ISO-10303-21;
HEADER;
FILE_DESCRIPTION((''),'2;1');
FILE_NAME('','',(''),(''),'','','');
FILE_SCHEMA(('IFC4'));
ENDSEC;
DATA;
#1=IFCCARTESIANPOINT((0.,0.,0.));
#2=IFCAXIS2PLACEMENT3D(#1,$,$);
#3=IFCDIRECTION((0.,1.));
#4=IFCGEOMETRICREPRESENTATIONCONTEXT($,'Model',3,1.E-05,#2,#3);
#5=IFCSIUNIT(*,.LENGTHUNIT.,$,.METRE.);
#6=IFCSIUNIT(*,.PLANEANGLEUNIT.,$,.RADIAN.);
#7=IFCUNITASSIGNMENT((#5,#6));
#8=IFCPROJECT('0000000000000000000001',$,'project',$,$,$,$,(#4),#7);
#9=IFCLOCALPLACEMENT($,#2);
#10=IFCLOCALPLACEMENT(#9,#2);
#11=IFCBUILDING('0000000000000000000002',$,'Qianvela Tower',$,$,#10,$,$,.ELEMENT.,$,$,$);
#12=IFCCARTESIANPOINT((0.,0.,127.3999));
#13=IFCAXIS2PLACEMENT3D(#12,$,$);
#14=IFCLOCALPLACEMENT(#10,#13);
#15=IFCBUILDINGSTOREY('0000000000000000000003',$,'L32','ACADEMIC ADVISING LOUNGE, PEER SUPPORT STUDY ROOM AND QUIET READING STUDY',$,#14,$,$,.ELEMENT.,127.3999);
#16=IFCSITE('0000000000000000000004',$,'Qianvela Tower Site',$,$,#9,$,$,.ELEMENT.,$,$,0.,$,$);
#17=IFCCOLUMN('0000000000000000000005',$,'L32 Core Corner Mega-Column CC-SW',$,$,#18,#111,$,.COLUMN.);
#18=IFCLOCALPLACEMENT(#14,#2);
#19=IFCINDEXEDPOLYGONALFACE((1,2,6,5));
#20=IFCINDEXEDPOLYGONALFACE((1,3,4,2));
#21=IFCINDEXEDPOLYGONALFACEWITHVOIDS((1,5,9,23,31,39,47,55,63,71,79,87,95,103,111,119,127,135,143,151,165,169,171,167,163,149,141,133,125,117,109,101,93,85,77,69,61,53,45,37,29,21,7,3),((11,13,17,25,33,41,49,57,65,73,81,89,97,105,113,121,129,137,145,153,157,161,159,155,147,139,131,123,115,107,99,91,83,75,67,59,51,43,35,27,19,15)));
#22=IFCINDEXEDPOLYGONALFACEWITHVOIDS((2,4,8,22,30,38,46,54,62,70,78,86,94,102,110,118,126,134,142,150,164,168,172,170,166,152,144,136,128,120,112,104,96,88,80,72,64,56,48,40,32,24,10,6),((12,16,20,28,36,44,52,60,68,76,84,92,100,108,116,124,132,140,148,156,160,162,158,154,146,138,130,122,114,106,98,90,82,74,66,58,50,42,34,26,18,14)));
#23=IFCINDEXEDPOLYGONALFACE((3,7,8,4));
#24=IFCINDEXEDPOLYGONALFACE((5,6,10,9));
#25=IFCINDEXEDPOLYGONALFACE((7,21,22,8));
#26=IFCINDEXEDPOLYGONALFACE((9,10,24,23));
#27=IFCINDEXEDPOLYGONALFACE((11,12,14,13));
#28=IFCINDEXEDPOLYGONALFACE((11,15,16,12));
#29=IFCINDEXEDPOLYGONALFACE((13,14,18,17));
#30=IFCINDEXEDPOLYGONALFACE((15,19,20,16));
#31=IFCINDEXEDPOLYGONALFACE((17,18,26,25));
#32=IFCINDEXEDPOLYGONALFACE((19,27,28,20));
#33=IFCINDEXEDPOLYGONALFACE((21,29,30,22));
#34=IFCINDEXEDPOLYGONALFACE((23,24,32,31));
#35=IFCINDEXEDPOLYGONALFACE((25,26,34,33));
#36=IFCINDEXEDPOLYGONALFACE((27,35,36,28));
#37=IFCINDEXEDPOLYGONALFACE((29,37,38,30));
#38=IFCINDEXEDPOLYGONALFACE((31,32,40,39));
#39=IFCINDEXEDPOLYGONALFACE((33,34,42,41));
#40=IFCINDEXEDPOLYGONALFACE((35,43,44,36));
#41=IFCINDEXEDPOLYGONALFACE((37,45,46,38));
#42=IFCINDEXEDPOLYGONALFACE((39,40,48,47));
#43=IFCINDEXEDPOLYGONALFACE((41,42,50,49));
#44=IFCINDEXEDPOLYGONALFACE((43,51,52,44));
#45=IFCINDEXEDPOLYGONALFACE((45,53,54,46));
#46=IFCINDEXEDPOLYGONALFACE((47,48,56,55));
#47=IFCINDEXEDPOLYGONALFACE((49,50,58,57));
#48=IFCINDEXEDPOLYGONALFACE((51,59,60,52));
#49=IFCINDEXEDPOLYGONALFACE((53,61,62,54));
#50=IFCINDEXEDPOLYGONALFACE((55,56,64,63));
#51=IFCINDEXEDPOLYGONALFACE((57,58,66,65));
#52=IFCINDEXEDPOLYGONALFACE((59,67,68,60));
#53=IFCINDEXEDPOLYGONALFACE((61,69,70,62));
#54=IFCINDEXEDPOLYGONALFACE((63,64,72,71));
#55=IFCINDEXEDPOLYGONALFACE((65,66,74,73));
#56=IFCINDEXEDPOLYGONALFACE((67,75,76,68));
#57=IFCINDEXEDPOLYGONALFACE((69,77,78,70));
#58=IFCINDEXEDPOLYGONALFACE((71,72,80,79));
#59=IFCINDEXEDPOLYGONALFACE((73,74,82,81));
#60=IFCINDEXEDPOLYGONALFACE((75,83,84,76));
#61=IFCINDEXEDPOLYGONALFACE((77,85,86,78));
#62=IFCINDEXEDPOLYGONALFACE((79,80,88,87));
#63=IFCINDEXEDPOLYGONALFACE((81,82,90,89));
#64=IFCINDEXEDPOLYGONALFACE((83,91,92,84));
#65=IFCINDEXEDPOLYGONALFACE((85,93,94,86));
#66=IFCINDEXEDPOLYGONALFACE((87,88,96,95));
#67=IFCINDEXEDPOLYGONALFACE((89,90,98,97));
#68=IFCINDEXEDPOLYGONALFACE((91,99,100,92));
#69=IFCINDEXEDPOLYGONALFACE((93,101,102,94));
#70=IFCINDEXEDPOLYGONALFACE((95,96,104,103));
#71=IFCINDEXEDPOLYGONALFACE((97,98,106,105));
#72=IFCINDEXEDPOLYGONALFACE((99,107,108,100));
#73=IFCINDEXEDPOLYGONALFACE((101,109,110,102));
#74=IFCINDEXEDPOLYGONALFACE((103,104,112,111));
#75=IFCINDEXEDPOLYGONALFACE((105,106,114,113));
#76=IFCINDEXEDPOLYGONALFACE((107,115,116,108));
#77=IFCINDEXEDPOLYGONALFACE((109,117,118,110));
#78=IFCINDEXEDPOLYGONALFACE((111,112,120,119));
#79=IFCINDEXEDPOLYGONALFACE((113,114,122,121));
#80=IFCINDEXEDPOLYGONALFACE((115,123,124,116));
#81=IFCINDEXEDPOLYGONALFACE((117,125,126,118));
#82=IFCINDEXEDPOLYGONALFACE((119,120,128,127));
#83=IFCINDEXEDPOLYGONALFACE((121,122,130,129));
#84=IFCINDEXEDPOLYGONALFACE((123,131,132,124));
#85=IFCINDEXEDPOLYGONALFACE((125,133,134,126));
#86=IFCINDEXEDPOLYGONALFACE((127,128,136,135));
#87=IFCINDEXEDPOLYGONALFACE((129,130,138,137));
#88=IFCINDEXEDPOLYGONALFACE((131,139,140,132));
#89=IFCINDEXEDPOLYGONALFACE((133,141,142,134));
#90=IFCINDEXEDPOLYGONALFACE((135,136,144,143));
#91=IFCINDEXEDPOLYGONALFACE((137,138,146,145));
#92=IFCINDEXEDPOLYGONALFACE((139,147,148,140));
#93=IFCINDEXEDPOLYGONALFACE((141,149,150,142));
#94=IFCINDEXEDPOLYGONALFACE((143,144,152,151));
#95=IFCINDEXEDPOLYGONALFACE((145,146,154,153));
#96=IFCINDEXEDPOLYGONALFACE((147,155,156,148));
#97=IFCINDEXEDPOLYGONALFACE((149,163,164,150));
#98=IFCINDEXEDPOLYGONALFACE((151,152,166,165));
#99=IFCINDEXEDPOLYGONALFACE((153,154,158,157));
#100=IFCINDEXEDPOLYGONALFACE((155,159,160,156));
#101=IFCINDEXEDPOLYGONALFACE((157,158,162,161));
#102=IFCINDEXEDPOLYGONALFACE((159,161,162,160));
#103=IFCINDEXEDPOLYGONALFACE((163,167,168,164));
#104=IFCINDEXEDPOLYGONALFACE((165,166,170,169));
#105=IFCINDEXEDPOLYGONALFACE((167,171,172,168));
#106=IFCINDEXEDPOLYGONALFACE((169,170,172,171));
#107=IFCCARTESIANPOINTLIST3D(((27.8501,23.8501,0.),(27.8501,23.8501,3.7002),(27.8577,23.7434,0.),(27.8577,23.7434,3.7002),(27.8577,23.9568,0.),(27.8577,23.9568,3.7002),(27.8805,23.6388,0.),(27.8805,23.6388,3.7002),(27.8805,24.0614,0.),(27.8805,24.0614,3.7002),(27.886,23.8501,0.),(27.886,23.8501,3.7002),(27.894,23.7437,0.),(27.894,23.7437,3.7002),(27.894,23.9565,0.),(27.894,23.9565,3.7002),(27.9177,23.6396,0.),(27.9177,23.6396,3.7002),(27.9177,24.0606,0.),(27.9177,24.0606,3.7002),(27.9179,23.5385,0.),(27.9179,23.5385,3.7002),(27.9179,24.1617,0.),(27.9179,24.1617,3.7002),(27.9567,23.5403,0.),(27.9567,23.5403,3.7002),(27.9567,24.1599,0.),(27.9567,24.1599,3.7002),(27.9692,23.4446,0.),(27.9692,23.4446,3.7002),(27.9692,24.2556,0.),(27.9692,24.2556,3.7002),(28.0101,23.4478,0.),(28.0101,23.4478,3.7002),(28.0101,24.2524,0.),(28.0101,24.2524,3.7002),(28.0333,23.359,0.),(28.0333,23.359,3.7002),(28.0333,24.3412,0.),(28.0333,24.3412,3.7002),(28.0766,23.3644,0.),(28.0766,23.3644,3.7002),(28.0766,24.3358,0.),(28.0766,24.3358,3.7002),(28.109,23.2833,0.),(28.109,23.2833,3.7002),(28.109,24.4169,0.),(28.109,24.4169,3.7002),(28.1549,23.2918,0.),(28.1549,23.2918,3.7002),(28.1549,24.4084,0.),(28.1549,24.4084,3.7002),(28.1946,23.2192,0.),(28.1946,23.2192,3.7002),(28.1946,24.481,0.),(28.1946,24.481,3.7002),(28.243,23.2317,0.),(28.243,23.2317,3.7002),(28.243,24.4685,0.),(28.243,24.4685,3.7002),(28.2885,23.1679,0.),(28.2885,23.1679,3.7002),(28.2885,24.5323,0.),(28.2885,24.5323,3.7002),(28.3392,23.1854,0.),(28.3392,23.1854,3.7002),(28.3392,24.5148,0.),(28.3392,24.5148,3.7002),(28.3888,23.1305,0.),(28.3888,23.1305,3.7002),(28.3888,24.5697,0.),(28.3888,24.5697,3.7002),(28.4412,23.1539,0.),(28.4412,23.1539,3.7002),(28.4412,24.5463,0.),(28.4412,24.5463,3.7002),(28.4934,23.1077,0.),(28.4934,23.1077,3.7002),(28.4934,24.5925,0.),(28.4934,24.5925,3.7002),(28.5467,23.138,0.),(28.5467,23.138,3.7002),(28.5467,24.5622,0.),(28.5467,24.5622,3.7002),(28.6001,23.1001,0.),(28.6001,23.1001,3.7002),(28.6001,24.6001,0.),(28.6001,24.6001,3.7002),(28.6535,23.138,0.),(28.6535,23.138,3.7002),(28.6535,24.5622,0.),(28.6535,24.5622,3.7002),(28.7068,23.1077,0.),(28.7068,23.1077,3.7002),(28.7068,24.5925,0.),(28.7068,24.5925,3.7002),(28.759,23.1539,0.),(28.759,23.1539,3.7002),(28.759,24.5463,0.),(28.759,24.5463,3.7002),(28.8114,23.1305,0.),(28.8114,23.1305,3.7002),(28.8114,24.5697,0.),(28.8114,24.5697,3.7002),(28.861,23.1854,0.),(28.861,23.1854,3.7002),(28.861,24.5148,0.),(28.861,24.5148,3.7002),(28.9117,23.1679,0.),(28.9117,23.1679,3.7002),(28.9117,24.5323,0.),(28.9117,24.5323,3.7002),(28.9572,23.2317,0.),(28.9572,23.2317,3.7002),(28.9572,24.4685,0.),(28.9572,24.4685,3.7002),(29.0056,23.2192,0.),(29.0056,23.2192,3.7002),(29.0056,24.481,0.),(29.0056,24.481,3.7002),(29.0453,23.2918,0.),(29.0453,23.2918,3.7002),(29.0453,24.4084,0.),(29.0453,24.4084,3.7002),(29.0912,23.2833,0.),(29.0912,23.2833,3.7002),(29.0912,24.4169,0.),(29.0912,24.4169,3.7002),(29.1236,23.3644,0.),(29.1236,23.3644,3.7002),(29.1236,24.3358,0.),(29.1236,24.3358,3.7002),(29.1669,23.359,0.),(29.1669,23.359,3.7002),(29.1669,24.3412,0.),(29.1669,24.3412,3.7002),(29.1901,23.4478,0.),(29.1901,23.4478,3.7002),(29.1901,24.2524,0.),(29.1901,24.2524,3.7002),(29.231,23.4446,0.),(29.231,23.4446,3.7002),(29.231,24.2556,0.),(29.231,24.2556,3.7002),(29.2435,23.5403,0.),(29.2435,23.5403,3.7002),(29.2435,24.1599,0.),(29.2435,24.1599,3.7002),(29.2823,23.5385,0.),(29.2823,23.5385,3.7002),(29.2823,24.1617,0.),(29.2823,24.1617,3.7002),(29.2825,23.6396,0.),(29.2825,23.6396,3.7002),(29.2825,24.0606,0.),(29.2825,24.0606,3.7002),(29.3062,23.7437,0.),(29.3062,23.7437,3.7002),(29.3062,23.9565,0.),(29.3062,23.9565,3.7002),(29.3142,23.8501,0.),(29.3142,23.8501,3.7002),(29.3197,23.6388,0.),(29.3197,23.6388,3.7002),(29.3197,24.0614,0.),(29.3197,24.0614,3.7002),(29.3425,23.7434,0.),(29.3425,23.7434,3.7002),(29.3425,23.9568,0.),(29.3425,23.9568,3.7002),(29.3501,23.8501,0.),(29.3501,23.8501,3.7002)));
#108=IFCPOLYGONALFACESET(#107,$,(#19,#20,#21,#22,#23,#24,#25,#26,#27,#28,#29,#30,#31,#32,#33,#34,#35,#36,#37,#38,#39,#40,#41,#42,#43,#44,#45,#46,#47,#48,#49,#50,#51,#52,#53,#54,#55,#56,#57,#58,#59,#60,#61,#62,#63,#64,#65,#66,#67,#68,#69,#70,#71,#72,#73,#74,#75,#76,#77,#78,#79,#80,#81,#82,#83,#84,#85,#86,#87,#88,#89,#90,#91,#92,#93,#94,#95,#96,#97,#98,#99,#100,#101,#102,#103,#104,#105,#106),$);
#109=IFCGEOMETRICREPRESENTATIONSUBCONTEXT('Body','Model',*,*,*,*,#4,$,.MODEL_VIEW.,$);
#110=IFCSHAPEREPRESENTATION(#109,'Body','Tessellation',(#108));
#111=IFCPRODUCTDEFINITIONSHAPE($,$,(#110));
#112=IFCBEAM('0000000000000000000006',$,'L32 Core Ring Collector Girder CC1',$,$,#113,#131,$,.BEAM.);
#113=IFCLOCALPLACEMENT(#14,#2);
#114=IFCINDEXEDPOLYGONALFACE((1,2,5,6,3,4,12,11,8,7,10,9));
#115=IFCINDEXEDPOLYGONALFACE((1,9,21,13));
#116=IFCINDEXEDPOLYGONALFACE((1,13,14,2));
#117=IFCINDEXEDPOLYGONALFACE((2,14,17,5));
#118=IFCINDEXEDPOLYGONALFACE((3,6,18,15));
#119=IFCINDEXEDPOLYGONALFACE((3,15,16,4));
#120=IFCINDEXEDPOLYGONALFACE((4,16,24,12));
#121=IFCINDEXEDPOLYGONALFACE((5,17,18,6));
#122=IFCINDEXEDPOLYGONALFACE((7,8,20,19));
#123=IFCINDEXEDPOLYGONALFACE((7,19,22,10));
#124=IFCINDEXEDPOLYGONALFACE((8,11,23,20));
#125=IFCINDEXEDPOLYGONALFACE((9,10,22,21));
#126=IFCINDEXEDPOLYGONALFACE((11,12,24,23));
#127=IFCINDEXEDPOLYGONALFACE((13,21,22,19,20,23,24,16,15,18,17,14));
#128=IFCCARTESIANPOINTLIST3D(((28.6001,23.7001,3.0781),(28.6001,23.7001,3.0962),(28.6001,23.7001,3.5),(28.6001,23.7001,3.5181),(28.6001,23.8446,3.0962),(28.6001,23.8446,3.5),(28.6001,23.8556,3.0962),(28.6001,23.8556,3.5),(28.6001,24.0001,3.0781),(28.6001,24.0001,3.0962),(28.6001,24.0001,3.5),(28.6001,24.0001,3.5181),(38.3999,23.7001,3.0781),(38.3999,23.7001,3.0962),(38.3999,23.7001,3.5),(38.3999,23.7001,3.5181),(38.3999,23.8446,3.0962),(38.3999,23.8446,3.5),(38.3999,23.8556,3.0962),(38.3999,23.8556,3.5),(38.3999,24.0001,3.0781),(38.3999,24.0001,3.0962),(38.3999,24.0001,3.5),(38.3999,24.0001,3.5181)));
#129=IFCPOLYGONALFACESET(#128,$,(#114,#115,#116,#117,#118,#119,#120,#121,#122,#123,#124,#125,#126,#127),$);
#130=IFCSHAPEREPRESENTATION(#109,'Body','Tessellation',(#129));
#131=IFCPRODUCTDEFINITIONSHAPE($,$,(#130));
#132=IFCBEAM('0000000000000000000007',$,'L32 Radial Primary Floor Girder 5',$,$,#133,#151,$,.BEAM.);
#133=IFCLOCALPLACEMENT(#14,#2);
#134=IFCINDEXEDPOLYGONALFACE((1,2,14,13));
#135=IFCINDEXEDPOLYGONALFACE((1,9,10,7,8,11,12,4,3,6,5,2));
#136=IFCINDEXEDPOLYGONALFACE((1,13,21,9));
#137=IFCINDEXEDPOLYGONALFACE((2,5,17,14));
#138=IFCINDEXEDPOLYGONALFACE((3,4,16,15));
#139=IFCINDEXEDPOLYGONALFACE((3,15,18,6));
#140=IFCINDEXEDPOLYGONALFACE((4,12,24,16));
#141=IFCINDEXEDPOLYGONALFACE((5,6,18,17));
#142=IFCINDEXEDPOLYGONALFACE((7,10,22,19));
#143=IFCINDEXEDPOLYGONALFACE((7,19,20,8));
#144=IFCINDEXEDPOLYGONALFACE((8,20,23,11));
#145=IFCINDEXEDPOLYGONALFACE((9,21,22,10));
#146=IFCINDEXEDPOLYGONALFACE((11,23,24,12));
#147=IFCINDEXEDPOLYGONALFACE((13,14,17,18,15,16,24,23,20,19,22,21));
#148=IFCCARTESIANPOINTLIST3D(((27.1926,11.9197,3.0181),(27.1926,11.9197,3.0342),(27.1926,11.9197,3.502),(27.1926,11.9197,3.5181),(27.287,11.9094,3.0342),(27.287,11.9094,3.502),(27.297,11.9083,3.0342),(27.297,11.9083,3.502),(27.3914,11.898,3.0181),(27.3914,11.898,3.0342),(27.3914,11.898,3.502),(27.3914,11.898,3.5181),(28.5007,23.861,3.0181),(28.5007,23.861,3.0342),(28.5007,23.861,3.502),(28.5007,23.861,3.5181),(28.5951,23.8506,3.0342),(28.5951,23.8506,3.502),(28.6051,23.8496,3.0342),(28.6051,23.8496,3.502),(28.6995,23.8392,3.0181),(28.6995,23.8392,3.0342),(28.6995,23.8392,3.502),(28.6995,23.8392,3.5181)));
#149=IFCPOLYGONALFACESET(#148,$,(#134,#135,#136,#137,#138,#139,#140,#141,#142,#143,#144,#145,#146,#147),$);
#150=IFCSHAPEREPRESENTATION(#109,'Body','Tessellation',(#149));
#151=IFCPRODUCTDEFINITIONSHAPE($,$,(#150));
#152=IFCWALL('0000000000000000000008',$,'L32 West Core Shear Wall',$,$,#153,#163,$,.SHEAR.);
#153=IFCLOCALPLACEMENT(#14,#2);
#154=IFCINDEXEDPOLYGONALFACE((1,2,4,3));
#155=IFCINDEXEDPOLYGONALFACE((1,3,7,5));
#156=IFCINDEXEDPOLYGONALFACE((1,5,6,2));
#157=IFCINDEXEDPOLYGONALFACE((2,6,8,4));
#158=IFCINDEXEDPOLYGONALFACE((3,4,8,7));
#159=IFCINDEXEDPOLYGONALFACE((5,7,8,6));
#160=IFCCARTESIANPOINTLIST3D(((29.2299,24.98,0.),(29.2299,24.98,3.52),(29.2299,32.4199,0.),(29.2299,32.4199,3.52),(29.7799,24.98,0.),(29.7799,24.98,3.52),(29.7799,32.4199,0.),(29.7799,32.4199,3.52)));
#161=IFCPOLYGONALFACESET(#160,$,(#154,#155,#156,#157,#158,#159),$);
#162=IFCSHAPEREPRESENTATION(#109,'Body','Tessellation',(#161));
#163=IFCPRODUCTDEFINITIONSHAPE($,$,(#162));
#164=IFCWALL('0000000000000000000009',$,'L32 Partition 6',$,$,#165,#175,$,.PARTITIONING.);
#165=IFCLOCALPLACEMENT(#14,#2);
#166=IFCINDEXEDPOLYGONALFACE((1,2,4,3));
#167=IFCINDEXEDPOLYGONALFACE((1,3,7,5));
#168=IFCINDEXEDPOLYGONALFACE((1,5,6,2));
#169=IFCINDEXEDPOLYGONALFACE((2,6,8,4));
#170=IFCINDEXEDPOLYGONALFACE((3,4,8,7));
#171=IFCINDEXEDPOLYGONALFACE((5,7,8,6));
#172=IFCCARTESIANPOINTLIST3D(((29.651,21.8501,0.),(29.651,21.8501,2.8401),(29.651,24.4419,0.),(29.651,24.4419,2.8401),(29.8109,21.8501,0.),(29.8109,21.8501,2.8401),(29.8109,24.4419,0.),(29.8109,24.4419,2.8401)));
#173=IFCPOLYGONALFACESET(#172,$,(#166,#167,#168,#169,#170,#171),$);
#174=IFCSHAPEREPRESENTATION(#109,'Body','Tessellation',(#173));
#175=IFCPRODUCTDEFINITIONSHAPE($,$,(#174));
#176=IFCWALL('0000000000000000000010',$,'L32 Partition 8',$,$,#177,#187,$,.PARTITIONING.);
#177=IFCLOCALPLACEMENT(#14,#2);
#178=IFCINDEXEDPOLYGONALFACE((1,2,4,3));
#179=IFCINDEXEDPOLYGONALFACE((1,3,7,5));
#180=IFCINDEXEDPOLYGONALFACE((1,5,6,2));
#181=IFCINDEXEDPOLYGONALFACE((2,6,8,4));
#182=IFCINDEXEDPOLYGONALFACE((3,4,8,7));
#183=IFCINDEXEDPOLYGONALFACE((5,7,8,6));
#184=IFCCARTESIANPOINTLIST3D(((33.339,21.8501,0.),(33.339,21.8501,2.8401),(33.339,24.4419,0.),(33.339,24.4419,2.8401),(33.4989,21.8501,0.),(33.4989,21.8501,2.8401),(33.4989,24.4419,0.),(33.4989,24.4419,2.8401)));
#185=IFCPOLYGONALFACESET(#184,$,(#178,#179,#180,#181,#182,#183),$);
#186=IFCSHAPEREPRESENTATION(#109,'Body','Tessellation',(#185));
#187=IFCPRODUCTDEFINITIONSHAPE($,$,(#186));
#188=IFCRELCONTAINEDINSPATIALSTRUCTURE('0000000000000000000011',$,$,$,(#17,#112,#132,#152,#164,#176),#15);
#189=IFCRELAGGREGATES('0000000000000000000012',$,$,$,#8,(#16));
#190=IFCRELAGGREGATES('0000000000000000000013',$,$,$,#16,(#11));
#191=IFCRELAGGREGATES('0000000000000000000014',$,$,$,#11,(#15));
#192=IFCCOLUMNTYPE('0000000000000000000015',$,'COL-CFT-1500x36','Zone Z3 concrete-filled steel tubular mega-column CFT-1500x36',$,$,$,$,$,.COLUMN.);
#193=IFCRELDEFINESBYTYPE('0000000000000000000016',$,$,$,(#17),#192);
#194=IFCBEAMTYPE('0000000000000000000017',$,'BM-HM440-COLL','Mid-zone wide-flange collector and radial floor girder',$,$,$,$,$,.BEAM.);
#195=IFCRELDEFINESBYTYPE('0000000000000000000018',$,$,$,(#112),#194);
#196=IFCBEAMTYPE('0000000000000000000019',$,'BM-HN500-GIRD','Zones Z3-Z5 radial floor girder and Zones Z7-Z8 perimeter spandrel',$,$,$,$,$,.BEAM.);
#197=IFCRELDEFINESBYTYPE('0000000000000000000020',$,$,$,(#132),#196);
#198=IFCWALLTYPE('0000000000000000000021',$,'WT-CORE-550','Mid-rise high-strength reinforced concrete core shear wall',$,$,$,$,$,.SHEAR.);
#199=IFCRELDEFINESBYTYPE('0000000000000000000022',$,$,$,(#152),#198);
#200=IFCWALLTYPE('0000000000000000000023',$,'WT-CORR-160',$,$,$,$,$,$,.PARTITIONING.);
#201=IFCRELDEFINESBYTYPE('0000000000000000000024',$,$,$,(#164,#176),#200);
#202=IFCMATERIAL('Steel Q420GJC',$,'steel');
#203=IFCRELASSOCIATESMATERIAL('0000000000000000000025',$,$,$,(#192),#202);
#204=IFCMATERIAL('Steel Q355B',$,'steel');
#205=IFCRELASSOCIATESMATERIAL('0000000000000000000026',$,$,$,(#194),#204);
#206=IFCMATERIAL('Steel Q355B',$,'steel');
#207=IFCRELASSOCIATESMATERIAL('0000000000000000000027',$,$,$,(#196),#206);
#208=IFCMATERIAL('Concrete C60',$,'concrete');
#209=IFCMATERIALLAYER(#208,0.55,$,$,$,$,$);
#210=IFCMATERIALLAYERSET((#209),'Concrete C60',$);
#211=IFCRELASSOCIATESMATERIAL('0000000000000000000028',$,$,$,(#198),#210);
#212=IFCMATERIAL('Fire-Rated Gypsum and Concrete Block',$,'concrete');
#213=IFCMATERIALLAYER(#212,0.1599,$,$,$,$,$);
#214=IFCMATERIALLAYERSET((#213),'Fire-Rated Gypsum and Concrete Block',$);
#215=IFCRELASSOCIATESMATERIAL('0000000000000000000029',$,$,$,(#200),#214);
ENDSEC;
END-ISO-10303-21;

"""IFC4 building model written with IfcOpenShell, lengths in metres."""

from ifc_helpers import new_model, si_unit, direction, frame, frame_2d, origin, origin_2d, place, context, subcontext, project, spatial, rectangle, hollow_circle, i_section, extrude, material, layer, layer_set, material_profile, profile_set, type_object, element, save


model = new_model("IFC4")

# Units and contexts
model_context = context("Model", 3, precision=1e-05, world=origin(), true_north=direction((0.0, 1.0)))
body_context = subcontext(model_context, "Body", "Model", "MODEL_VIEW")
ifc_project = project(units=[si_unit("LENGTHUNIT", "METRE"), si_unit("PLANEANGLEUNIT", "RADIAN")], contexts=[model_context])

# Site, building, storey
site_placement = place(None, origin())
site = spatial("IfcSite", under=ifc_project, at=site_placement, Name="Qianvela Tower Site", CompositionType="ELEMENT", RefElevation=0.0)
building_placement = place(site_placement, origin())
building = spatial("IfcBuilding", under=site, at=building_placement, Name="Qianvela Tower", CompositionType="ELEMENT")
storey_placement = place(building_placement, frame((0.0, 0.0, 127.3999)))
storey = spatial("IfcBuildingStorey", under=building, at=storey_placement, Name="L32", Description="ACADEMIC ADVISING LOUNGE, PEER SUPPORT STUDY ROOM AND QUIET READING STUDY", CompositionType="ELEMENT", Elevation=127.3999)

# Column
ifc_material_1 = material(Name="Steel Q420GJC", Category="steel")
ifc_material_profile_1 = material_profile(ifc_material_1, hollow_circle(Radius=0.75, WallThickness=0.0359, at=origin_2d()), Name="CFT-1500x36")
ifc_profile_set_1 = profile_set([ifc_material_profile_1], Name="Steel Q420GJC")
column_type = type_object("IfcColumnType", Name="COL-CFT-1500x36", Description="Zone Z3 concrete-filled steel tubular mega-column CFT-1500x36", PredefinedType="COLUMN", material=ifc_profile_set_1)
column_placement = place(storey_placement, frame((28.6001, 23.8501, 0.0), z_axis=(0.0, 0.0, 1.0), x_axis=(1.0, 0.0, 0.0)))
element("IfcColumn", 1, at=column_placement, inside=storey, type_object=column_type, Name="L32 Core Corner Mega-Column CC-SW", PredefinedType="COLUMN", context=body_context, shape_type="SweptSolid", body=[
    extrude(hollow_circle(Radius=0.75, WallThickness=0.0359, at=origin_2d()), origin(), (0.0, 0.0, 1.0), 3.7002),
])

# Beams
ifc_material_2 = material(Name="Steel Q355B", Category="steel")
ifc_material_profile_2 = material_profile(ifc_material_2, i_section(OverallWidth=0.3, OverallDepth=0.4399, WebThickness=0.011, FlangeThickness=0.0181, at=origin_2d()), Name="HM440x300x11x18")
ifc_profile_set_2 = profile_set([ifc_material_profile_2], Name="Steel Q355B")
beam_type_1 = type_object("IfcBeamType", Name="BM-HM440-COLL", Description="Mid-zone wide-flange collector and radial floor girder", PredefinedType="BEAM", material=ifc_profile_set_2)
beam_1_placement = place(storey_placement, frame((28.6001, 23.8501, 3.2981), z_axis=(1.0, 0.0, 0.0), x_axis=(0.0, 1.0, 0.0)))
element("IfcBeam", 2, at=beam_1_placement, inside=storey, type_object=beam_type_1, Name="L32 Core Ring Collector Girder CC1", PredefinedType="BEAM", context=body_context, shape_type="SweptSolid", body=[
    extrude(i_section(OverallWidth=0.3, OverallDepth=0.4399, WebThickness=0.011, FlangeThickness=0.0181, at=origin_2d()), origin(), (0.0, 0.0, 1.0), 9.7998),
])
ifc_material_3 = material(Name="Steel Q355B", Category="steel")
ifc_material_profile_3 = material_profile(ifc_material_3, i_section(OverallWidth=0.2, OverallDepth=0.5, WebThickness=0.01, FlangeThickness=0.0161, at=origin_2d()), Name="HN500x200x10x16")
ifc_profile_set_3 = profile_set([ifc_material_profile_3], Name="Steel Q355B")
beam_type_2 = type_object("IfcBeamType", Name="BM-HN500-GIRD", Description="Zones Z3-Z5 radial floor girder and Zones Z7-Z8 perimeter spandrel", PredefinedType="BEAM", material=ifc_profile_set_3)
beam_2_placement = place(storey_placement, frame((28.6001, 23.8501, 3.2681), z_axis=(-0.108894, -0.994053, 0.0), x_axis=(0.994053, -0.108894, 0.0)))
element("IfcBeam", 3, at=beam_2_placement, inside=storey, type_object=beam_type_2, Name="L32 Radial Primary Floor Girder 5", PredefinedType="BEAM", context=body_context, shape_type="SweptSolid", body=[
    extrude(i_section(OverallWidth=0.2, OverallDepth=0.5, WebThickness=0.01, FlangeThickness=0.0161, at=origin_2d()), origin(), (0.0, 0.0, 1.0), 12.0127),
])

# Shared definitions
ifc_material_4 = material(Name="Concrete C60", Category="concrete")
ifc_layer_1 = layer(ifc_material_4, 0.55)
ifc_layer_set_1 = layer_set([ifc_layer_1], Name="Concrete C60")
wall_type_1 = type_object("IfcWallType", Name="WT-CORE-550", Description="Mid-rise high-strength reinforced concrete core shear wall", PredefinedType="SHEAR", material=ifc_layer_set_1)

# Wall
wall_1_placement = place(storey_placement, frame((29.5049, 24.98, 0.0), z_axis=(0.0, 0.0, 1.0), x_axis=(0.0, 1.0, 0.0)))
element("IfcWall", 4, at=wall_1_placement, inside=storey, type_object=wall_type_1, Name="L32 West Core Shear Wall", PredefinedType="SHEAR", context=body_context, shape_type="SweptSolid", body=[
    extrude(rectangle(XDim=7.4399, YDim=0.55, at=frame_2d((3.72, 0.0))), origin(), (0.0, 0.0, 1.0), 3.52),
])

# Shared definitions
ifc_material_5 = material(Name="Fire-Rated Gypsum and Concrete Block", Category="concrete")
ifc_layer_2 = layer(ifc_material_5, 0.1599)
ifc_layer_set_2 = layer_set([ifc_layer_2], Name="Fire-Rated Gypsum and Concrete Block")
wall_type_2 = type_object("IfcWallType", Name="WT-CORR-160", PredefinedType="PARTITIONING", material=ifc_layer_set_2)

# Walls
for number, where, z_axis, x_axis, name in (
    (5, (29.731, 21.8501, 0.0), (0.0, 0.0, 1.0), (0.0, 1.0, 0.0), "L32 Partition 6"),
    (6, (33.4189, 24.4419, 0.0), (0.0, 0.0, 1.0), (0.0, -1.0, 0.0), "L32 Partition 8"),
):
    element("IfcWall", number, at=place(storey_placement, frame(where, z_axis=z_axis, x_axis=x_axis)), inside=storey, type_object=wall_type_2, Name=name, PredefinedType="PARTITIONING", context=body_context, shape_type="SweptSolid", body=[
        extrude(rectangle(XDim=2.5918, YDim=0.1599, at=frame_2d((1.2959, 0.0))), origin(), (0.0, 0.0, 1.0), 2.8401),
    ])

save(model, "model.ifc")
